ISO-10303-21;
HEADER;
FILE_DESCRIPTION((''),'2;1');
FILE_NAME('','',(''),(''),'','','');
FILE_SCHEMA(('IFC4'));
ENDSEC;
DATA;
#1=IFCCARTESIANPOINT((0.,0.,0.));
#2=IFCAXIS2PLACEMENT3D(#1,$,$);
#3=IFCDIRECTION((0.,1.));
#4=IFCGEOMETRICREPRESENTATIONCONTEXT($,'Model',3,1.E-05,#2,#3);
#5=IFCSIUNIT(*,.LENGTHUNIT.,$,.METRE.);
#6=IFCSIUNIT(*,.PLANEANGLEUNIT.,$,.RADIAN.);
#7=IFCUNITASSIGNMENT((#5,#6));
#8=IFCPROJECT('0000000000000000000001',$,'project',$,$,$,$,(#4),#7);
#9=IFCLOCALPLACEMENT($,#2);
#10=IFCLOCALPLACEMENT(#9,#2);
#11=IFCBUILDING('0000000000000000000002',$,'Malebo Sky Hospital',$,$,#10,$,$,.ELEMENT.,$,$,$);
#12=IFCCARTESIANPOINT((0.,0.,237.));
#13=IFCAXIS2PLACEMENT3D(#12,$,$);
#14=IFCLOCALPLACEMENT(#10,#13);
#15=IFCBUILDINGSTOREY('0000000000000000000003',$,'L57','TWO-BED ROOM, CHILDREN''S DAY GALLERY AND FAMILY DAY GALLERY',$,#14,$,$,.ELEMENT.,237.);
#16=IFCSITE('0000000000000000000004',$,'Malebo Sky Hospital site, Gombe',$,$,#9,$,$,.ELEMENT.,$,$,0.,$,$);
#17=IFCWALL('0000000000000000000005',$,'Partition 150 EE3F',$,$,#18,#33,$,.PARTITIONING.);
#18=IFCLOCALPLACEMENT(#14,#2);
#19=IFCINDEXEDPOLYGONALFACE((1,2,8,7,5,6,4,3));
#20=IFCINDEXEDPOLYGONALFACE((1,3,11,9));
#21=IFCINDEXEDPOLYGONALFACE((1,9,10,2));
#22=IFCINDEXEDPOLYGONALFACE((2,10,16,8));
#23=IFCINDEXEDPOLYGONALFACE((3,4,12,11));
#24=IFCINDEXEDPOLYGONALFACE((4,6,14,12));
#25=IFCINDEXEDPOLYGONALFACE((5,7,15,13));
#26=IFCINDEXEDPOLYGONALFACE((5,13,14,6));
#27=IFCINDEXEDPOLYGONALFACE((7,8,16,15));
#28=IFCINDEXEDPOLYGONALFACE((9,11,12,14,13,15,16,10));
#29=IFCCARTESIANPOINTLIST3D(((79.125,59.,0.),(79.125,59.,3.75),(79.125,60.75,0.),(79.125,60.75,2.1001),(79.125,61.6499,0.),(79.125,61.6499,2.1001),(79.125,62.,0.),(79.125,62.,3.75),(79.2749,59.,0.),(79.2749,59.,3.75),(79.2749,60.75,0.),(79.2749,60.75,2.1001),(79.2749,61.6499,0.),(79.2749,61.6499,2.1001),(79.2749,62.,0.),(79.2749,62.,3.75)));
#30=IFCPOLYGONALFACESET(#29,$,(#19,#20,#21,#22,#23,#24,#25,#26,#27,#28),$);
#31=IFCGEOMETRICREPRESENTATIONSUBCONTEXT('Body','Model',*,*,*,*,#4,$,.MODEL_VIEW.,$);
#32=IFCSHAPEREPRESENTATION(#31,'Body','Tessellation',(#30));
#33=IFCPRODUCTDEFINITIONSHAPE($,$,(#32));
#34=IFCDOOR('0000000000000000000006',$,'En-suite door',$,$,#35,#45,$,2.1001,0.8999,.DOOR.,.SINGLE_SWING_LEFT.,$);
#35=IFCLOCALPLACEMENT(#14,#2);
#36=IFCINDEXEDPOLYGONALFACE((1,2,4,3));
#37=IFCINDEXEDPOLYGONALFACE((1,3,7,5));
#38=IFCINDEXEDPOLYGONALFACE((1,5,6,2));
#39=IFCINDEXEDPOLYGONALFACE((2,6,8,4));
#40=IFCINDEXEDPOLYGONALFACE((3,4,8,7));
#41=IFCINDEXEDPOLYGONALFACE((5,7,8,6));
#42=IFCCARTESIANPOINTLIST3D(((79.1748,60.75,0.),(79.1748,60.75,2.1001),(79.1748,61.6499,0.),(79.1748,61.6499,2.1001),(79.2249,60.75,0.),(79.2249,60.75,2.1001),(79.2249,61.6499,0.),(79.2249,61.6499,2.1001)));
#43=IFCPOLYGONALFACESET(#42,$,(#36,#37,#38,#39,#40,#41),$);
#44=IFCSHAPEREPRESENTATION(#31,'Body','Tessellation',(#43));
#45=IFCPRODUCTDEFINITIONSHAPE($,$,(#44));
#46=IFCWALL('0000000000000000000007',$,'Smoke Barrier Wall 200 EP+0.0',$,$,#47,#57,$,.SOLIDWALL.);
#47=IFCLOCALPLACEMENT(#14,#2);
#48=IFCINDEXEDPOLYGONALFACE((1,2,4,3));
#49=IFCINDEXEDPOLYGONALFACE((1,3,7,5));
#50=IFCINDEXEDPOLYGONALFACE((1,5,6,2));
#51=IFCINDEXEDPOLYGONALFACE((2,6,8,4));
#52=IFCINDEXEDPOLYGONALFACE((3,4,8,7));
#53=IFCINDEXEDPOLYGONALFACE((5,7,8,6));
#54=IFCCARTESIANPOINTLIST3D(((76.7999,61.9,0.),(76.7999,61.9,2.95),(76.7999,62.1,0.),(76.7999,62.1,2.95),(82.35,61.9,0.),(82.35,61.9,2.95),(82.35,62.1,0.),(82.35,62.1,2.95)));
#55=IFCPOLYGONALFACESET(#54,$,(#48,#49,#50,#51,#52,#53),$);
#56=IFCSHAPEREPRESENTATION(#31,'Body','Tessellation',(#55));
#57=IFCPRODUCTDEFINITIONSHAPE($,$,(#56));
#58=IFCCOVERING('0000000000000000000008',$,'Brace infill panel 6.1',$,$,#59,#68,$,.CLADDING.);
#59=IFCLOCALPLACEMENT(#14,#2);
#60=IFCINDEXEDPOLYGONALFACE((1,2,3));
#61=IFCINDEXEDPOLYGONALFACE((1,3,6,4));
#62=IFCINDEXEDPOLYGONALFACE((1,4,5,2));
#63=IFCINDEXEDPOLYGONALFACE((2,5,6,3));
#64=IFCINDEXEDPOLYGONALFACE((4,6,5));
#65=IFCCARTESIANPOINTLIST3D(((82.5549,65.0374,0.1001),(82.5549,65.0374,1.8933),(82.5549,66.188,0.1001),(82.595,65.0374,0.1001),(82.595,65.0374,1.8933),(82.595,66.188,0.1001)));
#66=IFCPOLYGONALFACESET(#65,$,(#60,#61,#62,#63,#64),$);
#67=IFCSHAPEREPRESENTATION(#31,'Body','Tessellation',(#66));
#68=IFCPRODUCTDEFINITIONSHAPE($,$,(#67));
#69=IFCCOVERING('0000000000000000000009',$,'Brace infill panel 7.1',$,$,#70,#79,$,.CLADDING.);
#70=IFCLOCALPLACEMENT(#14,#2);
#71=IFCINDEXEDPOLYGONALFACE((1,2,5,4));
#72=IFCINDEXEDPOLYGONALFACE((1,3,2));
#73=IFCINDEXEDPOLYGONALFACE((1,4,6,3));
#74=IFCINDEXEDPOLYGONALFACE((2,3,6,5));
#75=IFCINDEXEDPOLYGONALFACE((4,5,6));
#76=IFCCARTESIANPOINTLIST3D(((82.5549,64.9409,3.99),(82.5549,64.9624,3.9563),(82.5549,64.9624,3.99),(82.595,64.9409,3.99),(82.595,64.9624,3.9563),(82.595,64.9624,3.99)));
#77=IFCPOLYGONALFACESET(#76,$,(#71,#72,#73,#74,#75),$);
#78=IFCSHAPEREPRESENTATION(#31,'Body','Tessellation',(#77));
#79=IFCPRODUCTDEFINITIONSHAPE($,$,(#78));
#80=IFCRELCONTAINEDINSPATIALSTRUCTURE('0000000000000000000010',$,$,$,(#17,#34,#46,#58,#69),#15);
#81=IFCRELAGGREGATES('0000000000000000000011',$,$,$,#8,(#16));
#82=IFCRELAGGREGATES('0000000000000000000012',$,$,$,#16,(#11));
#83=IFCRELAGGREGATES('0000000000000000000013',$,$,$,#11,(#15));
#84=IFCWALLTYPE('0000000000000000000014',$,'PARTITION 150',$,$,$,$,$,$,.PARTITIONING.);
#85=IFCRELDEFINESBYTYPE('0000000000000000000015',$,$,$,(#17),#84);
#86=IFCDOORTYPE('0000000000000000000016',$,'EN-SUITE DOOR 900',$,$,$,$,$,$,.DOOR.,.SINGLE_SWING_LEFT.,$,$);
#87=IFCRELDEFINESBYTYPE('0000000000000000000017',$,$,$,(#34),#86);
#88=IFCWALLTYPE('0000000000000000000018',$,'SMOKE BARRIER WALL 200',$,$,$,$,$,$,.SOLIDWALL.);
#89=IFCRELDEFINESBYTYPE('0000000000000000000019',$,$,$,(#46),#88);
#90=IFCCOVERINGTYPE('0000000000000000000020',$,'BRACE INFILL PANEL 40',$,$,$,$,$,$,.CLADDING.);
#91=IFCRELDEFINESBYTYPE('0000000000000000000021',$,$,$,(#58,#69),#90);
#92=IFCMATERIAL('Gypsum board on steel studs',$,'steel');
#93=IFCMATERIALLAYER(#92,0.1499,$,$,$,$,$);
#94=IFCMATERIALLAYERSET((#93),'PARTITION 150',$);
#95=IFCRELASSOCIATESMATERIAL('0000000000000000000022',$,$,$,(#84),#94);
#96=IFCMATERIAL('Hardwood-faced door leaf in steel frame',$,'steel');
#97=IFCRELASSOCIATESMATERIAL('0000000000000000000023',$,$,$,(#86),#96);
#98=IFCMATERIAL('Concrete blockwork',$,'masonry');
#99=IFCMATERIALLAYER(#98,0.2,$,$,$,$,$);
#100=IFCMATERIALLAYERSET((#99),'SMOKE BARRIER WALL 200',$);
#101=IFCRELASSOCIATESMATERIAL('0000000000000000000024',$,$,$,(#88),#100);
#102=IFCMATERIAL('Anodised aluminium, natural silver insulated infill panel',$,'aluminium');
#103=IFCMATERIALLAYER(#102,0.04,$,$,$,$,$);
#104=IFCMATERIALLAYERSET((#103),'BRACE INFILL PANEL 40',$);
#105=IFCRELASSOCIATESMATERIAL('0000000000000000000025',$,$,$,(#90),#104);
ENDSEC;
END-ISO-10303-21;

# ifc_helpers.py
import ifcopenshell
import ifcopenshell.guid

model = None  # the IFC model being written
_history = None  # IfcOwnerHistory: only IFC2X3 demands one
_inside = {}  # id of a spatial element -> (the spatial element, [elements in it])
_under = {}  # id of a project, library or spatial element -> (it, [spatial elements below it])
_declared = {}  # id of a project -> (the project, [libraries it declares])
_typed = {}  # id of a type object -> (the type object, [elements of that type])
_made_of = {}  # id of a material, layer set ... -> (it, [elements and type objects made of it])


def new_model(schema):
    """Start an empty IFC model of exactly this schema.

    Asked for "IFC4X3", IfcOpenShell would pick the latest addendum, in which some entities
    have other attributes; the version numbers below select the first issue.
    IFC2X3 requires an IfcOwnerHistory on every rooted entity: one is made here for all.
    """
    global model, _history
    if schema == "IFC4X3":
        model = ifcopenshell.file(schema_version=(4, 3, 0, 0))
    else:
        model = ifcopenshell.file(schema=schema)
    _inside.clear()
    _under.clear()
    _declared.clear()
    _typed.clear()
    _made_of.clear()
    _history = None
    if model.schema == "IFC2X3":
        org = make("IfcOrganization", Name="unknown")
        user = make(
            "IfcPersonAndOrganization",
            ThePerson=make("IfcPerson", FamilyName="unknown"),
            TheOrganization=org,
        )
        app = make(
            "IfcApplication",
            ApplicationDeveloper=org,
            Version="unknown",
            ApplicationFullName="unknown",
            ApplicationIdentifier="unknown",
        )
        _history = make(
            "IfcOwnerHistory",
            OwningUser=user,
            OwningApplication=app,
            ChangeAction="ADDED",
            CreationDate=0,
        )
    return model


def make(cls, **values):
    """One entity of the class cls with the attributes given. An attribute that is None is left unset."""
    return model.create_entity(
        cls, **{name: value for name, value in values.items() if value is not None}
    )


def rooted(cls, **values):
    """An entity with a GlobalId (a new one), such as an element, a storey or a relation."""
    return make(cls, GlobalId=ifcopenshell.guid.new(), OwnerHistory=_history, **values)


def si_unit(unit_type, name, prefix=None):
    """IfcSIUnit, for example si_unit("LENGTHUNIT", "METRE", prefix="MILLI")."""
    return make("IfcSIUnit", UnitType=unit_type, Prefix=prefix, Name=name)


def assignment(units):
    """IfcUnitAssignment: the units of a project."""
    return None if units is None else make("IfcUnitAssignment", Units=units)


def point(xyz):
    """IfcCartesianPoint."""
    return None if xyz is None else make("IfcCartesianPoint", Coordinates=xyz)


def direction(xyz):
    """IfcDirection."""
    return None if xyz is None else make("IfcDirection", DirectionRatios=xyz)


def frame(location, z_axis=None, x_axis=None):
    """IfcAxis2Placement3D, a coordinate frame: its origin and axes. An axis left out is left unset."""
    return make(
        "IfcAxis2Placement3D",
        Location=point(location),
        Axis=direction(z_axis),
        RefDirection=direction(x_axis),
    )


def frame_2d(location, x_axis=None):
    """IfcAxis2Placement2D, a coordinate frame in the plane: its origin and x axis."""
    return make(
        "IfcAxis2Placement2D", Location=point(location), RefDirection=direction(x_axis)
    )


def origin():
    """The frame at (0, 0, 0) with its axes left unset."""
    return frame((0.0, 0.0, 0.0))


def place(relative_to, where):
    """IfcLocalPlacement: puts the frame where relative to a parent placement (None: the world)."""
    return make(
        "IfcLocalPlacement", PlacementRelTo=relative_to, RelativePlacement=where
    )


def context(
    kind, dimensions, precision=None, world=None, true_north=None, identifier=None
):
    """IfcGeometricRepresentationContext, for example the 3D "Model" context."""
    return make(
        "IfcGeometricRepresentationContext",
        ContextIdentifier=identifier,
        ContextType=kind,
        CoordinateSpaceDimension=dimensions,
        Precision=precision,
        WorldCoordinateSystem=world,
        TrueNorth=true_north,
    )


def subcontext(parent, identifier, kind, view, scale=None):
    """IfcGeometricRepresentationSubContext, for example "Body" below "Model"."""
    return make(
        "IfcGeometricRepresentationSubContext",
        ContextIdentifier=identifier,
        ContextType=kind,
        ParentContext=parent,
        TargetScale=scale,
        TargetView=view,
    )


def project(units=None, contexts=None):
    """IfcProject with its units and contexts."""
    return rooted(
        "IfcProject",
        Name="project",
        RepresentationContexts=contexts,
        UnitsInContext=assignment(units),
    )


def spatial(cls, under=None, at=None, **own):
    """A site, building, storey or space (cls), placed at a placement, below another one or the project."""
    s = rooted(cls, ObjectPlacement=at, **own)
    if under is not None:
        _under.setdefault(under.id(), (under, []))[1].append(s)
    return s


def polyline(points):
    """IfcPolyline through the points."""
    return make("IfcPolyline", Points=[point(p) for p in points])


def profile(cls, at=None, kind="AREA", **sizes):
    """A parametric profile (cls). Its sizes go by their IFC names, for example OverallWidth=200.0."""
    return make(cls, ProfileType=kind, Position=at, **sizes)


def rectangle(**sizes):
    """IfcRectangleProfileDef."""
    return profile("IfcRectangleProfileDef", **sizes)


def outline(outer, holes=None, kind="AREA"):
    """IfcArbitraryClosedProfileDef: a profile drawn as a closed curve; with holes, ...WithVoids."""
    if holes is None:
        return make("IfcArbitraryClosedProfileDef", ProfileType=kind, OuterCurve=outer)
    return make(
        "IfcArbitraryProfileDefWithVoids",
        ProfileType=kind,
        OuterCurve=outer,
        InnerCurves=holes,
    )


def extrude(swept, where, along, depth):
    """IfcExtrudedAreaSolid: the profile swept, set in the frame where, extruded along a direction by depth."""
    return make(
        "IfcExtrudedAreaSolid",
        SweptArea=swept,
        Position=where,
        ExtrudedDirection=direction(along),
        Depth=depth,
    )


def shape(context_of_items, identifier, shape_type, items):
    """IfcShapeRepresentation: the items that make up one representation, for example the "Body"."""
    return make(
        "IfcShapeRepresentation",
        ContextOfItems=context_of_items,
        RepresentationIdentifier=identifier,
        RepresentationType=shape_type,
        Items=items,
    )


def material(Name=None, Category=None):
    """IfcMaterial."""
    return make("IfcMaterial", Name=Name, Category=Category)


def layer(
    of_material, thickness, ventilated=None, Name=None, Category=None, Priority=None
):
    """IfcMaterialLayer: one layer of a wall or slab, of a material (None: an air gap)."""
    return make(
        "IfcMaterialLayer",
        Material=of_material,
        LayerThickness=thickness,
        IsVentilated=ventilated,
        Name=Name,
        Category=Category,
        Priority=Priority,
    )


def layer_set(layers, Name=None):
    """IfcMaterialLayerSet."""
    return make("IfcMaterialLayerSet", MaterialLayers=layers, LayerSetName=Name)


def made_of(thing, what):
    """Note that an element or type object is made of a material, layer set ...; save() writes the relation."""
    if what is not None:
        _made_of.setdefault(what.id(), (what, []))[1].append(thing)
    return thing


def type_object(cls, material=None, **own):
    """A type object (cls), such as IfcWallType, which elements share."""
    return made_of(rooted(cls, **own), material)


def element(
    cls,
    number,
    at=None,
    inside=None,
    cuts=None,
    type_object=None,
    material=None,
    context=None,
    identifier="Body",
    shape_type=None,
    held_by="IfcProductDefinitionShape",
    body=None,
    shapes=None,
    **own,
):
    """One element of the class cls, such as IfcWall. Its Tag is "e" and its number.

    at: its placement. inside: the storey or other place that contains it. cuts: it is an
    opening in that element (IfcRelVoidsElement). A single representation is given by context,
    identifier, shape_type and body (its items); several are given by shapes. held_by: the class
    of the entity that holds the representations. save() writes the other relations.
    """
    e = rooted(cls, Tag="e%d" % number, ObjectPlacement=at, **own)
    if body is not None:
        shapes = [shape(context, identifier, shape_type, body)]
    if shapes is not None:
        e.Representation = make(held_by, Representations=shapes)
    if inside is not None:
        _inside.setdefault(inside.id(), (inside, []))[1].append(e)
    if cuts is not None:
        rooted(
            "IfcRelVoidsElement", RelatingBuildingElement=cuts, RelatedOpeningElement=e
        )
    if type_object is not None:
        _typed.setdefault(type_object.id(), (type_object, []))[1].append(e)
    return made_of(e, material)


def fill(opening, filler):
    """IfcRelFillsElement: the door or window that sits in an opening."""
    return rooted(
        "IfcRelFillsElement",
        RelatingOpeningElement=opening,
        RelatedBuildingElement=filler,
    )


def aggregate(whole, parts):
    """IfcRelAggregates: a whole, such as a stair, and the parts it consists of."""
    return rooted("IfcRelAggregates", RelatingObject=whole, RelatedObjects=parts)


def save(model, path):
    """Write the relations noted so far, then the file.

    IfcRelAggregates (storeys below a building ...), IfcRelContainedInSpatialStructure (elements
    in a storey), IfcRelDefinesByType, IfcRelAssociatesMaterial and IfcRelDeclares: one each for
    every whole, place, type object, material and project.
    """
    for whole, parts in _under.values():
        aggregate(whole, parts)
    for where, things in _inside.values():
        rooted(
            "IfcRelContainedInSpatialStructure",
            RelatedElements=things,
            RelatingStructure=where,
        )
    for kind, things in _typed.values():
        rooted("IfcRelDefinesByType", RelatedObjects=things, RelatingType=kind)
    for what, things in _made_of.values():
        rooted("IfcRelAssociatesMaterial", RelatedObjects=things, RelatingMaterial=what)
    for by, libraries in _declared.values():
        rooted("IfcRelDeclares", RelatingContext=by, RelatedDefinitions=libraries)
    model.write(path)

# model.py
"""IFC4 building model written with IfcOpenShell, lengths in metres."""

from ifc_helpers import new_model, si_unit, direction, frame, frame_2d, origin, place, context, subcontext, project, spatial, polyline, rectangle, outline, extrude, material, layer, layer_set, type_object, element, fill, save


model = new_model("IFC4")

# Units and contexts
model_context = context("Model", 3, precision=1e-05, world=origin(), true_north=direction((0.0, 1.0)))
body_context = subcontext(model_context, "Body", "Model", "MODEL_VIEW")
ifc_project = project(units=[si_unit("LENGTHUNIT", "METRE"), si_unit("PLANEANGLEUNIT", "RADIAN")], contexts=[model_context])

# Site, building, storey
site_placement = place(None, origin())
site = spatial("IfcSite", under=ifc_project, at=site_placement, Name="Malebo Sky Hospital site, Gombe", CompositionType="ELEMENT", RefElevation=0.0)
building_placement = place(site_placement, origin())
building = spatial("IfcBuilding", under=site, at=building_placement, Name="Malebo Sky Hospital", CompositionType="ELEMENT")
storey_placement = place(building_placement, frame((0.0, 0.0, 237.0)))
storey = spatial("IfcBuildingStorey", under=building, at=storey_placement, Name="L57", Description="TWO-BED ROOM, CHILDREN'S DAY GALLERY AND FAMILY DAY GALLERY", CompositionType="ELEMENT", Elevation=237.0)

# Shared definitions
ifc_material_1 = material(Name="Gypsum board on steel studs", Category="steel")
ifc_layer_1 = layer(ifc_material_1, 0.1499)
ifc_layer_set_1 = layer_set([ifc_layer_1], Name="PARTITION 150")
wall_type_1 = type_object("IfcWallType", Name="PARTITION 150", PredefinedType="PARTITIONING", material=ifc_layer_set_1)

# Shared definitions
ifc_material_2 = material(Name="Hardwood-faced door leaf in steel frame", Category="steel")
door_type = type_object("IfcDoorType", Name="EN-SUITE DOOR 900", OperationType="SINGLE_SWING_LEFT", PredefinedType="DOOR", material=ifc_material_2)

# Wall, opening, door
wall_1_placement = place(storey_placement, frame((79.2, 62.0, 0.0), z_axis=(0.0, 0.0, 1.0), x_axis=(0.0, -1.0, 0.0)))
wall_1 = element("IfcWall", 1, at=wall_1_placement, inside=storey, type_object=wall_type_1, Name="Partition 150 EE3F", PredefinedType="PARTITIONING", context=body_context, shape_type="SweptSolid", body=[
    extrude(rectangle(XDim=3.0, YDim=0.1499, at=frame_2d((1.5, 0.0))), origin(), (0.0, 0.0, 1.0), 3.75),
])
opening_1_placement = place(wall_1_placement, frame((0.3501, 0.0, 0.0)))
opening_1 = element("IfcOpeningElement", 2, at=opening_1_placement, cuts=wall_1, PredefinedType="OPENING", context=body_context, shape_type="SweptSolid", body=[
    extrude(rectangle(XDim=0.8999, YDim=2.1001, at=frame_2d((0.45, 1.05))), frame((0.0, 0.085, 0.0), z_axis=(0.0, -1.0, 0.0), x_axis=(1.0, 0.0, 0.0)), (0.0, 0.0, 1.0), 0.1699),
])
door_1_placement = place(opening_1_placement, origin())
door_1 = element("IfcDoor", 3, at=door_1_placement, inside=storey, type_object=door_type, Name="En-suite door", OperationType="SINGLE_SWING_LEFT", OverallHeight=2.1001, OverallWidth=0.8999, PredefinedType="DOOR", context=body_context, shape_type="SweptSolid", body=[
    extrude(rectangle(XDim=0.8999, YDim=2.1001, at=frame_2d((0.45, 1.05))), frame((0.0, 0.0249, 0.0), z_axis=(0.0, -1.0, 0.0), x_axis=(1.0, 0.0, 0.0)), (0.0, 0.0, 1.0), 0.05),
])
fill(opening_1, door_1)

# Wall
ifc_material_3 = material(Name="Concrete blockwork", Category="masonry")
ifc_layer_2 = layer(ifc_material_3, 0.2)
ifc_layer_set_2 = layer_set([ifc_layer_2], Name="SMOKE BARRIER WALL 200")
wall_type_2 = type_object("IfcWallType", Name="SMOKE BARRIER WALL 200", PredefinedType="SOLIDWALL", material=ifc_layer_set_2)
wall_2_placement = place(storey_placement, frame((76.8, 62.0, 0.0), z_axis=(0.0, 0.0, 1.0), x_axis=(1.0, 0.0, 0.0)))
element("IfcWall", 4, at=wall_2_placement, inside=storey, type_object=wall_type_2, Name="Smoke Barrier Wall 200 EP+0.0", PredefinedType="SOLIDWALL", context=body_context, shape_type="SweptSolid", body=[
    extrude(rectangle(XDim=5.55, YDim=0.2, at=frame_2d((2.7749, 0.0))), origin(), (0.0, 0.0, 1.0), 2.95),
])

# Coverings
ifc_material_4 = material(Name="Anodised aluminium, natural silver insulated infill panel", Category="aluminium")
ifc_layer_3 = layer(ifc_material_4, 0.04)
ifc_layer_set_3 = layer_set([ifc_layer_3], Name="BRACE INFILL PANEL 40")
covering_type = type_object("IfcCoveringType", Name="BRACE INFILL PANEL 40", PredefinedType="CLADDING", material=ifc_layer_set_3)
covering_1_placement = place(storey_placement, frame((82.575, 65.6128, 0.1001), z_axis=(0.0, 0.0, 1.0), x_axis=(0.0, -1.0, 0.0)))
element("IfcCovering", 5, at=covering_1_placement, inside=storey, type_object=covering_type, Name="Brace infill panel 6.1", PredefinedType="CLADDING", context=body_context, shape_type="SweptSolid", body=[
    extrude(outline(polyline([(-0.5752, 0.0), (0.5754, 0.0), (0.5754, 1.7932), (-0.5752, 0.0)])), frame((0.0, 0.02, 0.0), z_axis=(0.0, -1.0, 0.0), x_axis=(1.0, 0.0, 0.0)), (0.0, 0.0, 1.0), 0.04),
])
covering_2_placement = place(storey_placement, frame((82.575, 64.9517, 3.9563), z_axis=(0.0, 0.0, 1.0), x_axis=(0.0, -1.0, 0.0)))
element("IfcCovering", 6, at=covering_2_placement, inside=storey, type_object=covering_type, Name="Brace infill panel 7.1", PredefinedType="CLADDING", context=body_context, shape_type="SweptSolid", body=[
    extrude(outline(polyline([(-0.0107, 0.0), (0.0107, 0.0337), (-0.0107, 0.0337), (-0.0107, 0.0)])), frame((0.0, 0.02, 0.0), z_axis=(0.0, -1.0, 0.0), x_axis=(1.0, 0.0, 0.0)), (0.0, 0.0, 1.0), 0.04),
])

save(model, "model.ifc")
